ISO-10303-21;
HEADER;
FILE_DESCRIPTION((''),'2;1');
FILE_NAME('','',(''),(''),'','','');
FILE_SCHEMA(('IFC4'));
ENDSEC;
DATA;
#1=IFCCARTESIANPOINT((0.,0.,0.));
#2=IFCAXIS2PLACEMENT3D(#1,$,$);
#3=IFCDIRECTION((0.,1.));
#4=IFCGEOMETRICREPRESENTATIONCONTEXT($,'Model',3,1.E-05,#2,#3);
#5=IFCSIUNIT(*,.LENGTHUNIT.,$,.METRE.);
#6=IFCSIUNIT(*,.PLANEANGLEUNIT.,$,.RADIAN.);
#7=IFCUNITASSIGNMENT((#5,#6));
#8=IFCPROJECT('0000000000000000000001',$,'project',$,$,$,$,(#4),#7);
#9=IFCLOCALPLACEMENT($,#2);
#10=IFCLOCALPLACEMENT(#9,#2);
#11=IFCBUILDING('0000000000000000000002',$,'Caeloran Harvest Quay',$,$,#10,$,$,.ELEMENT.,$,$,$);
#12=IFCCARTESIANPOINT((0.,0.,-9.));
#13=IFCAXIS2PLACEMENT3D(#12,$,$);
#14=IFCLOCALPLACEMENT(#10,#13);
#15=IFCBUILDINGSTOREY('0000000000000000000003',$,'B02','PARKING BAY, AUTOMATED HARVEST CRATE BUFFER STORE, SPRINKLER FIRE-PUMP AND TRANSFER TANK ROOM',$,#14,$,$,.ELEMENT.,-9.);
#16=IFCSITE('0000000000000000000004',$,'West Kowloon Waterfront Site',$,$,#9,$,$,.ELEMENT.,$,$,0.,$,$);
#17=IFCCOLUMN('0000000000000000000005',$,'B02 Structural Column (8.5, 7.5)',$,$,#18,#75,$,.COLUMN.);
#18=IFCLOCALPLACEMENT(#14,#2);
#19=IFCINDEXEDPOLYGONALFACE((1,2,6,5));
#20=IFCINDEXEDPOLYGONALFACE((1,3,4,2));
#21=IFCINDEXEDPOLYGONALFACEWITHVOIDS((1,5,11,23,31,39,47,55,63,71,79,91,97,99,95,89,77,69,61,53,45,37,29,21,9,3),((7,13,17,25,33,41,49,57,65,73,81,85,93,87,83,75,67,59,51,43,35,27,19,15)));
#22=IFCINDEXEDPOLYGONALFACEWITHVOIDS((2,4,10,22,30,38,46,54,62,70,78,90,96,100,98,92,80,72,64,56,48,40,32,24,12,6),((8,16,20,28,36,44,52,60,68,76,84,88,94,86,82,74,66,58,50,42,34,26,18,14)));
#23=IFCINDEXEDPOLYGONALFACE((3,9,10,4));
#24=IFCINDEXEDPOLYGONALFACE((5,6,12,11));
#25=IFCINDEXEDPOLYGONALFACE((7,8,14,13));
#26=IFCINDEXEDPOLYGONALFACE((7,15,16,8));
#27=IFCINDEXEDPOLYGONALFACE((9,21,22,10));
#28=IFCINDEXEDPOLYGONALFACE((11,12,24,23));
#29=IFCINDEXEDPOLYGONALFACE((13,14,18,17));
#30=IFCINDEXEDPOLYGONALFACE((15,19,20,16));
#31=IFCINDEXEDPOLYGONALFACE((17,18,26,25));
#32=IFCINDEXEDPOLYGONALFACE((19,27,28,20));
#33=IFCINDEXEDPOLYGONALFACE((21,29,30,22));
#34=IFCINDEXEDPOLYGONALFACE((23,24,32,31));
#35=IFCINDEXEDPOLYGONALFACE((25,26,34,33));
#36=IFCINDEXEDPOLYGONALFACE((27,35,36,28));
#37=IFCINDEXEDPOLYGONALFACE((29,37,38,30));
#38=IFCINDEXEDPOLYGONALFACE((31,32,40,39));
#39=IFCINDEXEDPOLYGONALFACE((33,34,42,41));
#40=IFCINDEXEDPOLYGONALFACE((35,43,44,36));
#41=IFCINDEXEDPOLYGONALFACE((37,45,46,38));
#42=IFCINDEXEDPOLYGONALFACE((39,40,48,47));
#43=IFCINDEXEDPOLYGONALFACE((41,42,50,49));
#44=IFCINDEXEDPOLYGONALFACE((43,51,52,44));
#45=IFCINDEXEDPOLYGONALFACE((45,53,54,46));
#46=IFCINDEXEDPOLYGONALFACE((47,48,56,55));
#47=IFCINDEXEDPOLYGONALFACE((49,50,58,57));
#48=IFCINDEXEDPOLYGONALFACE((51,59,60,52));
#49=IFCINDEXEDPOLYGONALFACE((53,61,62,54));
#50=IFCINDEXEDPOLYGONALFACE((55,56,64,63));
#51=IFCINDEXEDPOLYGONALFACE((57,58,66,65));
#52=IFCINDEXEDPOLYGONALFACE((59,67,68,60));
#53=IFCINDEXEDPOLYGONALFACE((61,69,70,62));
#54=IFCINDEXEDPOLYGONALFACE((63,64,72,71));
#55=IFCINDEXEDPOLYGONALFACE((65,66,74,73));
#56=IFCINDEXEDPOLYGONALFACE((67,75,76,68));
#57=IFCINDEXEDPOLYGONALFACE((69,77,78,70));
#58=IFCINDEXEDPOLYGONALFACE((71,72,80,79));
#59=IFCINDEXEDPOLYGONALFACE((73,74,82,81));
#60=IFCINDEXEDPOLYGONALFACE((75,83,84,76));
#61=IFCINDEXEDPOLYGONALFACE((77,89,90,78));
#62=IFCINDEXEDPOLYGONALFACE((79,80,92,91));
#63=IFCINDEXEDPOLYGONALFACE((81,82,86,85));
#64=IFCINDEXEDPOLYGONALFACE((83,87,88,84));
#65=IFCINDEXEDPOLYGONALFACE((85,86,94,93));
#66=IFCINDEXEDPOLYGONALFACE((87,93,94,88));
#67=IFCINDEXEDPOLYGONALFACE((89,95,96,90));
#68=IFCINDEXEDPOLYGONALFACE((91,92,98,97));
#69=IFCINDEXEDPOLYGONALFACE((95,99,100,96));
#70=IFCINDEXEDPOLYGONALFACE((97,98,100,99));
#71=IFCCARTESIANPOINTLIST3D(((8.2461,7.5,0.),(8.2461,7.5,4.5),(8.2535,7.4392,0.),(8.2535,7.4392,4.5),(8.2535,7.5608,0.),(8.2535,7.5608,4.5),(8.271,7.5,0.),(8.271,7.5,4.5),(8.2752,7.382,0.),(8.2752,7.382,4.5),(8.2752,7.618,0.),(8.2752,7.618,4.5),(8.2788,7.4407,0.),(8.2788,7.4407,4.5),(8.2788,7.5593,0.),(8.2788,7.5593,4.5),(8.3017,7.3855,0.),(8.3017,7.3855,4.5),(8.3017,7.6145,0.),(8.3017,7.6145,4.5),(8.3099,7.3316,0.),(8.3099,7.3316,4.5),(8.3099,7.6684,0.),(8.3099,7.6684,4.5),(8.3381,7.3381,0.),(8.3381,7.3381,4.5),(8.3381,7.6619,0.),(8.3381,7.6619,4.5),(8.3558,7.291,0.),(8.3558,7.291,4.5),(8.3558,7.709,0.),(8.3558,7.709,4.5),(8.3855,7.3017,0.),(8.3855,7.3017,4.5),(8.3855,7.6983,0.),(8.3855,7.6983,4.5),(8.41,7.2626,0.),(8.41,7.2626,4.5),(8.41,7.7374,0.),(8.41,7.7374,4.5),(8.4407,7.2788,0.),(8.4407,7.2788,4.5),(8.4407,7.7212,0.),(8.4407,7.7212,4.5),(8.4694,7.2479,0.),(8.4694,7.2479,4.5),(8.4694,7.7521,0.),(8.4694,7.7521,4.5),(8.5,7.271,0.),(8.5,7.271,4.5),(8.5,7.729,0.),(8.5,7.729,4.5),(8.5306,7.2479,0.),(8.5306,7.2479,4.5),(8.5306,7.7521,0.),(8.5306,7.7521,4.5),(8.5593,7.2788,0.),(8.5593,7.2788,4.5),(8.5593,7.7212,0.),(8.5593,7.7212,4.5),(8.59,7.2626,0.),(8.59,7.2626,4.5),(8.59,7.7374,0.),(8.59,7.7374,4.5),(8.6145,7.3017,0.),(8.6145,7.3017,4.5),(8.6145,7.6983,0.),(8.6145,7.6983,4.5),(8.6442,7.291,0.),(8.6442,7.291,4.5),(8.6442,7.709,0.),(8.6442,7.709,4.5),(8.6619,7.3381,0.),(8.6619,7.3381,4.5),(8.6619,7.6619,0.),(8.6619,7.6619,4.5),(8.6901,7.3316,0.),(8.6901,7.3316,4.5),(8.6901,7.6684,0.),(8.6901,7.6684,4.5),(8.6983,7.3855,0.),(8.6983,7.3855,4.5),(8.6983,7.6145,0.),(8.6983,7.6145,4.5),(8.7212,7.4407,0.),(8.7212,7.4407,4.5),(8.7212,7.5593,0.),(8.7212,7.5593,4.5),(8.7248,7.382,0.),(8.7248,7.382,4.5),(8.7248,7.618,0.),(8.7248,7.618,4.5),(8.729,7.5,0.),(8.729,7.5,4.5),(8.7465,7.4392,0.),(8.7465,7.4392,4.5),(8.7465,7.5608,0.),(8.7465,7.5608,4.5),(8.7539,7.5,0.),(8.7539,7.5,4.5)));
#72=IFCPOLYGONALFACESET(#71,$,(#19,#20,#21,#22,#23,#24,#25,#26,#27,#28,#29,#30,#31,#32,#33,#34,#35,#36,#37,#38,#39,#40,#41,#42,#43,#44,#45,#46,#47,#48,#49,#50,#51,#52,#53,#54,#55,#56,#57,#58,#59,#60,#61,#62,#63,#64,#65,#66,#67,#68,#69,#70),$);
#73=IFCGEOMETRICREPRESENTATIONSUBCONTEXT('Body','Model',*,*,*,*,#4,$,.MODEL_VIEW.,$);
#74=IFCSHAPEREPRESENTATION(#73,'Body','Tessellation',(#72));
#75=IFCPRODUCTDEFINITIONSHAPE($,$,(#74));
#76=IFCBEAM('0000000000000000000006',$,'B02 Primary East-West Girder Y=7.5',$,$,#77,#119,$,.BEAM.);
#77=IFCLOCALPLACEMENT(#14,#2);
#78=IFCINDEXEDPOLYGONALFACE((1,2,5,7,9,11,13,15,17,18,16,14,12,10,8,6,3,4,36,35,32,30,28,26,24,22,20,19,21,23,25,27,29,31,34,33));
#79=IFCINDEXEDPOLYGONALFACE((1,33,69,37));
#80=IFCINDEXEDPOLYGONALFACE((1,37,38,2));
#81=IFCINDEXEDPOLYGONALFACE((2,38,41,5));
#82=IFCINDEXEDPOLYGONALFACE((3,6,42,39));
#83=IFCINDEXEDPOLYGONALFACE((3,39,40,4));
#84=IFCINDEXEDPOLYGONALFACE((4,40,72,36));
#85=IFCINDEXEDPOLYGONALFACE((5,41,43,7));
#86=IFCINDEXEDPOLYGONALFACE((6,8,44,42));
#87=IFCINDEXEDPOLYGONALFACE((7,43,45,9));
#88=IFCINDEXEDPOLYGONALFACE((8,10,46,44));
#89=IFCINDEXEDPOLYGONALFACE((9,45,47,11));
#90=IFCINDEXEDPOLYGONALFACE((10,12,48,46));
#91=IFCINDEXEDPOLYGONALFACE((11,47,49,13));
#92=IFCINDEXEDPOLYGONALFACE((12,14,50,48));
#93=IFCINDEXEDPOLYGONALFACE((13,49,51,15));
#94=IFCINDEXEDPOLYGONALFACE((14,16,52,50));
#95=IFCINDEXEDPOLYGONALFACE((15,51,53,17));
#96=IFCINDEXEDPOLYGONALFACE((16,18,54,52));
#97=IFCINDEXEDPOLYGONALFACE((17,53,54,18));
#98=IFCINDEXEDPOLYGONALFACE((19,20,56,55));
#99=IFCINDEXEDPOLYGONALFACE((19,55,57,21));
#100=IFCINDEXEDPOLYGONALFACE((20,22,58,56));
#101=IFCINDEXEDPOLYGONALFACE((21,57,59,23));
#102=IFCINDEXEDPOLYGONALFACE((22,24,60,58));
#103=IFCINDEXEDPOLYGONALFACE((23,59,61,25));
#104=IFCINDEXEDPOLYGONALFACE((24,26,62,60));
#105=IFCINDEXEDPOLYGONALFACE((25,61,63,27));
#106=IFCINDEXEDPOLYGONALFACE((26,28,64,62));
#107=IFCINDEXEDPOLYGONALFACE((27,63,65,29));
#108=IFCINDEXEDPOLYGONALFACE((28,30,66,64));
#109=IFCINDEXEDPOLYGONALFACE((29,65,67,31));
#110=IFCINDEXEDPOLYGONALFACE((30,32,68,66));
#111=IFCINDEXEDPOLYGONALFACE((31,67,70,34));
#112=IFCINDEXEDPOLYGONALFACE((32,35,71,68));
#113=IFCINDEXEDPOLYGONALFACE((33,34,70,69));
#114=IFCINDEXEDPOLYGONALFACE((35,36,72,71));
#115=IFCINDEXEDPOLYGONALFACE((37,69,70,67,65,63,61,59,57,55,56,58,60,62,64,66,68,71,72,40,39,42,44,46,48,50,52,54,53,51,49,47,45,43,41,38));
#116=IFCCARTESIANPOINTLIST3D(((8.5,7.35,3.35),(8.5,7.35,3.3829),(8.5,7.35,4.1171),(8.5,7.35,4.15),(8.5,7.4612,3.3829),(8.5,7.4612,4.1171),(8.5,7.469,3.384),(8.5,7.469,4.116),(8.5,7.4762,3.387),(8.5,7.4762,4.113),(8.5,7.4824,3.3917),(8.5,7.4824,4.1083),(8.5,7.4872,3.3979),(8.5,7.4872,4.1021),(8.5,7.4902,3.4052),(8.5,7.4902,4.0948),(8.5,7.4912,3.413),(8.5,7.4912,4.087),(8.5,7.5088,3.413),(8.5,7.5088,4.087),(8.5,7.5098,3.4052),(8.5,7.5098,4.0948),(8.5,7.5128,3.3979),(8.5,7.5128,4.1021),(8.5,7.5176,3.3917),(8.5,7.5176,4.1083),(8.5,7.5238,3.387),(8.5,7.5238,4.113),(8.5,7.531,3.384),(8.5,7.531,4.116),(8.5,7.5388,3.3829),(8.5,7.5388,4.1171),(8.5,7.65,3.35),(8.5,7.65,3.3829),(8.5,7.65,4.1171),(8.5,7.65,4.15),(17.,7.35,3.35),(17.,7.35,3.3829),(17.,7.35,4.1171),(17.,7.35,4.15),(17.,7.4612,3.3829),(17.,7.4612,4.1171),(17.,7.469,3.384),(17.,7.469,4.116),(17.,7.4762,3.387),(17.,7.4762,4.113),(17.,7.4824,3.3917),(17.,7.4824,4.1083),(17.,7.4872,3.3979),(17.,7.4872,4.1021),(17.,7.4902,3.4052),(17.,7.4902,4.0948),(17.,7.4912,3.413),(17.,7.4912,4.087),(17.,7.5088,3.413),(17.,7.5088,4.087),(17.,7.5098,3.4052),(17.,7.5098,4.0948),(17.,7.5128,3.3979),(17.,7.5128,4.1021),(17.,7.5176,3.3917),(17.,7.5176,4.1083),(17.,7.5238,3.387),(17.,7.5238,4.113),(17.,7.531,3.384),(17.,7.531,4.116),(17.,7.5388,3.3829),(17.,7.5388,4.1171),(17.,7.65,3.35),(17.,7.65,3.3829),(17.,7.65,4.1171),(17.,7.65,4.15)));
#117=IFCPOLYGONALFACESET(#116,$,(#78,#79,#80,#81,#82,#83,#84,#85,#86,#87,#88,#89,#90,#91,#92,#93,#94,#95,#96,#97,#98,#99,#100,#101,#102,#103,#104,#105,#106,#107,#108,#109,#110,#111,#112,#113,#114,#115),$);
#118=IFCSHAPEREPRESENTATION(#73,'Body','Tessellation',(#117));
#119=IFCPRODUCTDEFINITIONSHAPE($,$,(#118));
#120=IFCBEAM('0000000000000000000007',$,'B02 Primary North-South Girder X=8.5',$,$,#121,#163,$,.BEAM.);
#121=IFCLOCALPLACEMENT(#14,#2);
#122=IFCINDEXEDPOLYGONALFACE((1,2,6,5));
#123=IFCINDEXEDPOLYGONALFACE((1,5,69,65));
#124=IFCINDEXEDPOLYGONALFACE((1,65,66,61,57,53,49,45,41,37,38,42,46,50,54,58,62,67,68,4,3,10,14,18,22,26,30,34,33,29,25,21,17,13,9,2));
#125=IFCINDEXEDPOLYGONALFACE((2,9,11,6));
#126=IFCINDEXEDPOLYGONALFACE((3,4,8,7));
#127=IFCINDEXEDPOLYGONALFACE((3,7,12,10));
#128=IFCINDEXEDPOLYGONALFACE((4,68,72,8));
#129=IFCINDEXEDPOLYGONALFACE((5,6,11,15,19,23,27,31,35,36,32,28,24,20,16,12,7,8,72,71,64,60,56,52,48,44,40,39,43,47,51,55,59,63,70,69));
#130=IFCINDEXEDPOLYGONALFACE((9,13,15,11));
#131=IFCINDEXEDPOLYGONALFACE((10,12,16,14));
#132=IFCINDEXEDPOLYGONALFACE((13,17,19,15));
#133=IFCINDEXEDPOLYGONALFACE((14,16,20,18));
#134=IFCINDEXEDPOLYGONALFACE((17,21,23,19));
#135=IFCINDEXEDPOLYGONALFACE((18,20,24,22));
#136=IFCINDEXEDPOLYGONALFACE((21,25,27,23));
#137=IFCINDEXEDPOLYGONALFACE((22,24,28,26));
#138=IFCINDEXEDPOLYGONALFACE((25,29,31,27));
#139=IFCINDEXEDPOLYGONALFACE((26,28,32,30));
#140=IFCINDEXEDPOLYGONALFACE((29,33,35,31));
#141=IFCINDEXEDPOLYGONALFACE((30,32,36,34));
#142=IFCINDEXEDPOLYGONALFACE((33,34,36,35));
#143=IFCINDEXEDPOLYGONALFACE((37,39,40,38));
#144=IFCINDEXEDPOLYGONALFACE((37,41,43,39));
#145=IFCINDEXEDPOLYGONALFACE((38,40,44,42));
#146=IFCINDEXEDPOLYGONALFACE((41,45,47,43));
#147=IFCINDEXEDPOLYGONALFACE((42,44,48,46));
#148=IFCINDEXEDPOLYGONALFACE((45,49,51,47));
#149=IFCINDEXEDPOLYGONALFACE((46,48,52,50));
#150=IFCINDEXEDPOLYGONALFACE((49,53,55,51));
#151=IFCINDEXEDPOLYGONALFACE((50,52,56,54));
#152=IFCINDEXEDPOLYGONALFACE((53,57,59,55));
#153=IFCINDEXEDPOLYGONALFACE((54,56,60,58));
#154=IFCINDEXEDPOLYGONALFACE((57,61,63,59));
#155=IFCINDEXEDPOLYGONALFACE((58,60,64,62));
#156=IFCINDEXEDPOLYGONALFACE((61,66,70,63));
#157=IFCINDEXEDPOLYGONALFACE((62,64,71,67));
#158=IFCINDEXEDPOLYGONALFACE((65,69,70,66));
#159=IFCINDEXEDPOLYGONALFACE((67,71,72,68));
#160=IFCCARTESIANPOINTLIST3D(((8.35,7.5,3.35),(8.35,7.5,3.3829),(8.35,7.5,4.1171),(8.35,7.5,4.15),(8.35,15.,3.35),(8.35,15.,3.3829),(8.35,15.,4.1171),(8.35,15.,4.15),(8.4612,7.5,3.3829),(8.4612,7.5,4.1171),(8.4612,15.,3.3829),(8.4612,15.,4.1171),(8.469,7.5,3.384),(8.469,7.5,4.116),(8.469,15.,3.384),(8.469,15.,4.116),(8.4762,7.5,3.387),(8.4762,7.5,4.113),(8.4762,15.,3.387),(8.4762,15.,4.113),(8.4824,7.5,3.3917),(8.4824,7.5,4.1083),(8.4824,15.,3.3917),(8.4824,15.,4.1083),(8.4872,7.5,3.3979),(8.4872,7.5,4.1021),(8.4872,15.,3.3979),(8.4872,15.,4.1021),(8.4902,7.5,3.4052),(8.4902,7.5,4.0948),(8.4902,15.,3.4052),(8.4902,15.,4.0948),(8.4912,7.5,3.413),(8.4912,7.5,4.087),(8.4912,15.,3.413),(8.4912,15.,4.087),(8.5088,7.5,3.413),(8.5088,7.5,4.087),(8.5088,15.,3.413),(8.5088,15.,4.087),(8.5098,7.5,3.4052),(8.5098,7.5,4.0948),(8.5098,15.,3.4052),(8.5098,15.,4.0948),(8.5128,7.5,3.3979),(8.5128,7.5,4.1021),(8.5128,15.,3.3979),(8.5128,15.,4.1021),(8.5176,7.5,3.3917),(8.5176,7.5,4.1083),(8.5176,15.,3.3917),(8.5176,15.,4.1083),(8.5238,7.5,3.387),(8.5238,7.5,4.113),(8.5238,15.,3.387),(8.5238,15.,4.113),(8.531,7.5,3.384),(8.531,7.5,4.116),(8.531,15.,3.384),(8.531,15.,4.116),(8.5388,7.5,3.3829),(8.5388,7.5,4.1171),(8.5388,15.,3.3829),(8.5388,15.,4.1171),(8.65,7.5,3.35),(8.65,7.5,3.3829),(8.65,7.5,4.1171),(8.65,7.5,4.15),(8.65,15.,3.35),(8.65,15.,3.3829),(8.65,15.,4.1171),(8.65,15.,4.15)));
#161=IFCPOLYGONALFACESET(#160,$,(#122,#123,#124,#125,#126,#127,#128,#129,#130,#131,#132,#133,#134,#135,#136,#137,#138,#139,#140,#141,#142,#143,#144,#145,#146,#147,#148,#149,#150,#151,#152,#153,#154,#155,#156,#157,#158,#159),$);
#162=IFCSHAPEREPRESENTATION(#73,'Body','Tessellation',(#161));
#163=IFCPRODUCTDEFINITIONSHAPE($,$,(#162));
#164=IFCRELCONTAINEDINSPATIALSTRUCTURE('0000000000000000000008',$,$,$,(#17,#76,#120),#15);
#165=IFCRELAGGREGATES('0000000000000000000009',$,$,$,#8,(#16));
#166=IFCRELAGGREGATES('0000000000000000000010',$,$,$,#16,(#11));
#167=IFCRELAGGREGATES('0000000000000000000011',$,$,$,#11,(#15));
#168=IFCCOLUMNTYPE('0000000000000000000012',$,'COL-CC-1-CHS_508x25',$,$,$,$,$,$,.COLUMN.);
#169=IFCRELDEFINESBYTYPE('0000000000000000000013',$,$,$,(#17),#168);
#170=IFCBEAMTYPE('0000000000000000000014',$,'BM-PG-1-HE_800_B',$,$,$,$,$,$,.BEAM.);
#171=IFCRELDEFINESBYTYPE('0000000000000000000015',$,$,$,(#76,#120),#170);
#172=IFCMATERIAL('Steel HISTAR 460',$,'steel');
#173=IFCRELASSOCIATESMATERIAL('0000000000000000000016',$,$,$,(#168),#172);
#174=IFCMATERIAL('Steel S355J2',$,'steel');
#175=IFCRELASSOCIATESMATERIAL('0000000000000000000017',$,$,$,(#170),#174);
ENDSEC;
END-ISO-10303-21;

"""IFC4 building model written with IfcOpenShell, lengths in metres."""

from ifc_helpers import new_model, si_unit, direction, frame, origin, origin_2d, place, context, subcontext, project, spatial, hollow_circle, i_section, extrude, material, material_profile, profile_set, type_object, element, save


model = new_model("IFC4")

# Units and contexts
model_context = context("Model", 3, precision=1e-05, world=origin(), true_north=direction((0.0, 1.0)))
body_context = subcontext(model_context, "Body", "Model", "MODEL_VIEW")
ifc_project = project(units=[si_unit("LENGTHUNIT", "METRE"), si_unit("PLANEANGLEUNIT", "RADIAN")], contexts=[model_context])

# Site, building, storey
site_placement = place(None, origin())
site = spatial("IfcSite", under=ifc_project, at=site_placement, Name="West Kowloon Waterfront Site", CompositionType="ELEMENT", RefElevation=0.0)
building_placement = place(site_placement, origin())
building = spatial("IfcBuilding", under=site, at=building_placement, Name="Caeloran Harvest Quay", CompositionType="ELEMENT")
storey_placement = place(building_placement, frame((0.0, 0.0, -9.0)))
storey = spatial("IfcBuildingStorey", under=building, at=storey_placement, Name="B02", Description="PARKING BAY, AUTOMATED HARVEST CRATE BUFFER STORE, SPRINKLER FIRE-PUMP AND TRANSFER TANK ROOM", CompositionType="ELEMENT", Elevation=-9.0)

# Column
ifc_material_1 = material(Name="Steel HISTAR 460", Category="steel")
ifc_material_profile_1 = material_profile(ifc_material_1, hollow_circle(Radius=0.2539, WallThickness=0.0249, at=origin_2d()), Name="CHS 508x25")
ifc_profile_set_1 = profile_set([ifc_material_profile_1], Name="Steel HISTAR 460")
column_type = type_object("IfcColumnType", Name="COL-CC-1-CHS_508x25", PredefinedType="COLUMN", material=ifc_profile_set_1)
column_placement = place(storey_placement, frame((8.5, 7.5, 0.0), z_axis=(0.0, 0.0, 1.0), x_axis=(1.0, 0.0, 0.0)))
element("IfcColumn", 1, at=column_placement, inside=storey, type_object=column_type, Name="B02 Structural Column (8.5, 7.5)", PredefinedType="COLUMN", context=body_context, shape_type="SweptSolid", body=[
    extrude(hollow_circle(Radius=0.2539, WallThickness=0.0249, at=origin_2d()), origin(), (0.0, 0.0, 1.0), 4.5),
])

# Beams
ifc_material_2 = material(Name="Steel S355J2", Category="steel")
ifc_material_profile_2 = material_profile(ifc_material_2, i_section(OverallWidth=0.3, OverallDepth=0.8, WebThickness=0.0176, FlangeThickness=0.033, FilletRadius=0.03, at=origin_2d()), Name="HE 800 B")
ifc_profile_set_2 = profile_set([ifc_material_profile_2], Name="Steel S355J2")
beam_type_1 = type_object("IfcBeamType", Name="BM-PG-1-HE_800_B", PredefinedType="BEAM", material=ifc_profile_set_2)
beam_1_placement = place(storey_placement, frame((8.5, 7.5, 3.75), z_axis=(1.0, 0.0, 0.0), x_axis=(0.0, 1.0, 0.0)))
element("IfcBeam", 2, at=beam_1_placement, inside=storey, type_object=beam_type_1, Name="B02 Primary East-West Girder Y=7.5", PredefinedType="BEAM", context=body_context, shape_type="SweptSolid", body=[
    extrude(i_section(OverallWidth=0.3, OverallDepth=0.8, WebThickness=0.0176, FlangeThickness=0.033, FilletRadius=0.03, at=origin_2d()), origin(), (0.0, 0.0, 1.0), 8.5),
])
beam_2_placement = place(storey_placement, frame((8.5, 7.5, 3.75), z_axis=(0.0, 1.0, 0.0), x_axis=(-1.0, 0.0, 0.0)))
element("IfcBeam", 3, at=beam_2_placement, inside=storey, type_object=beam_type_1, Name="B02 Primary North-South Girder X=8.5", PredefinedType="BEAM", context=body_context, shape_type="SweptSolid", body=[
    extrude(i_section(OverallWidth=0.3, OverallDepth=0.8, WebThickness=0.0176, FlangeThickness=0.033, FilletRadius=0.03, at=origin_2d()), origin(), (0.0, 0.0, 1.0), 7.5),
])

save(model, "model.ifc")
